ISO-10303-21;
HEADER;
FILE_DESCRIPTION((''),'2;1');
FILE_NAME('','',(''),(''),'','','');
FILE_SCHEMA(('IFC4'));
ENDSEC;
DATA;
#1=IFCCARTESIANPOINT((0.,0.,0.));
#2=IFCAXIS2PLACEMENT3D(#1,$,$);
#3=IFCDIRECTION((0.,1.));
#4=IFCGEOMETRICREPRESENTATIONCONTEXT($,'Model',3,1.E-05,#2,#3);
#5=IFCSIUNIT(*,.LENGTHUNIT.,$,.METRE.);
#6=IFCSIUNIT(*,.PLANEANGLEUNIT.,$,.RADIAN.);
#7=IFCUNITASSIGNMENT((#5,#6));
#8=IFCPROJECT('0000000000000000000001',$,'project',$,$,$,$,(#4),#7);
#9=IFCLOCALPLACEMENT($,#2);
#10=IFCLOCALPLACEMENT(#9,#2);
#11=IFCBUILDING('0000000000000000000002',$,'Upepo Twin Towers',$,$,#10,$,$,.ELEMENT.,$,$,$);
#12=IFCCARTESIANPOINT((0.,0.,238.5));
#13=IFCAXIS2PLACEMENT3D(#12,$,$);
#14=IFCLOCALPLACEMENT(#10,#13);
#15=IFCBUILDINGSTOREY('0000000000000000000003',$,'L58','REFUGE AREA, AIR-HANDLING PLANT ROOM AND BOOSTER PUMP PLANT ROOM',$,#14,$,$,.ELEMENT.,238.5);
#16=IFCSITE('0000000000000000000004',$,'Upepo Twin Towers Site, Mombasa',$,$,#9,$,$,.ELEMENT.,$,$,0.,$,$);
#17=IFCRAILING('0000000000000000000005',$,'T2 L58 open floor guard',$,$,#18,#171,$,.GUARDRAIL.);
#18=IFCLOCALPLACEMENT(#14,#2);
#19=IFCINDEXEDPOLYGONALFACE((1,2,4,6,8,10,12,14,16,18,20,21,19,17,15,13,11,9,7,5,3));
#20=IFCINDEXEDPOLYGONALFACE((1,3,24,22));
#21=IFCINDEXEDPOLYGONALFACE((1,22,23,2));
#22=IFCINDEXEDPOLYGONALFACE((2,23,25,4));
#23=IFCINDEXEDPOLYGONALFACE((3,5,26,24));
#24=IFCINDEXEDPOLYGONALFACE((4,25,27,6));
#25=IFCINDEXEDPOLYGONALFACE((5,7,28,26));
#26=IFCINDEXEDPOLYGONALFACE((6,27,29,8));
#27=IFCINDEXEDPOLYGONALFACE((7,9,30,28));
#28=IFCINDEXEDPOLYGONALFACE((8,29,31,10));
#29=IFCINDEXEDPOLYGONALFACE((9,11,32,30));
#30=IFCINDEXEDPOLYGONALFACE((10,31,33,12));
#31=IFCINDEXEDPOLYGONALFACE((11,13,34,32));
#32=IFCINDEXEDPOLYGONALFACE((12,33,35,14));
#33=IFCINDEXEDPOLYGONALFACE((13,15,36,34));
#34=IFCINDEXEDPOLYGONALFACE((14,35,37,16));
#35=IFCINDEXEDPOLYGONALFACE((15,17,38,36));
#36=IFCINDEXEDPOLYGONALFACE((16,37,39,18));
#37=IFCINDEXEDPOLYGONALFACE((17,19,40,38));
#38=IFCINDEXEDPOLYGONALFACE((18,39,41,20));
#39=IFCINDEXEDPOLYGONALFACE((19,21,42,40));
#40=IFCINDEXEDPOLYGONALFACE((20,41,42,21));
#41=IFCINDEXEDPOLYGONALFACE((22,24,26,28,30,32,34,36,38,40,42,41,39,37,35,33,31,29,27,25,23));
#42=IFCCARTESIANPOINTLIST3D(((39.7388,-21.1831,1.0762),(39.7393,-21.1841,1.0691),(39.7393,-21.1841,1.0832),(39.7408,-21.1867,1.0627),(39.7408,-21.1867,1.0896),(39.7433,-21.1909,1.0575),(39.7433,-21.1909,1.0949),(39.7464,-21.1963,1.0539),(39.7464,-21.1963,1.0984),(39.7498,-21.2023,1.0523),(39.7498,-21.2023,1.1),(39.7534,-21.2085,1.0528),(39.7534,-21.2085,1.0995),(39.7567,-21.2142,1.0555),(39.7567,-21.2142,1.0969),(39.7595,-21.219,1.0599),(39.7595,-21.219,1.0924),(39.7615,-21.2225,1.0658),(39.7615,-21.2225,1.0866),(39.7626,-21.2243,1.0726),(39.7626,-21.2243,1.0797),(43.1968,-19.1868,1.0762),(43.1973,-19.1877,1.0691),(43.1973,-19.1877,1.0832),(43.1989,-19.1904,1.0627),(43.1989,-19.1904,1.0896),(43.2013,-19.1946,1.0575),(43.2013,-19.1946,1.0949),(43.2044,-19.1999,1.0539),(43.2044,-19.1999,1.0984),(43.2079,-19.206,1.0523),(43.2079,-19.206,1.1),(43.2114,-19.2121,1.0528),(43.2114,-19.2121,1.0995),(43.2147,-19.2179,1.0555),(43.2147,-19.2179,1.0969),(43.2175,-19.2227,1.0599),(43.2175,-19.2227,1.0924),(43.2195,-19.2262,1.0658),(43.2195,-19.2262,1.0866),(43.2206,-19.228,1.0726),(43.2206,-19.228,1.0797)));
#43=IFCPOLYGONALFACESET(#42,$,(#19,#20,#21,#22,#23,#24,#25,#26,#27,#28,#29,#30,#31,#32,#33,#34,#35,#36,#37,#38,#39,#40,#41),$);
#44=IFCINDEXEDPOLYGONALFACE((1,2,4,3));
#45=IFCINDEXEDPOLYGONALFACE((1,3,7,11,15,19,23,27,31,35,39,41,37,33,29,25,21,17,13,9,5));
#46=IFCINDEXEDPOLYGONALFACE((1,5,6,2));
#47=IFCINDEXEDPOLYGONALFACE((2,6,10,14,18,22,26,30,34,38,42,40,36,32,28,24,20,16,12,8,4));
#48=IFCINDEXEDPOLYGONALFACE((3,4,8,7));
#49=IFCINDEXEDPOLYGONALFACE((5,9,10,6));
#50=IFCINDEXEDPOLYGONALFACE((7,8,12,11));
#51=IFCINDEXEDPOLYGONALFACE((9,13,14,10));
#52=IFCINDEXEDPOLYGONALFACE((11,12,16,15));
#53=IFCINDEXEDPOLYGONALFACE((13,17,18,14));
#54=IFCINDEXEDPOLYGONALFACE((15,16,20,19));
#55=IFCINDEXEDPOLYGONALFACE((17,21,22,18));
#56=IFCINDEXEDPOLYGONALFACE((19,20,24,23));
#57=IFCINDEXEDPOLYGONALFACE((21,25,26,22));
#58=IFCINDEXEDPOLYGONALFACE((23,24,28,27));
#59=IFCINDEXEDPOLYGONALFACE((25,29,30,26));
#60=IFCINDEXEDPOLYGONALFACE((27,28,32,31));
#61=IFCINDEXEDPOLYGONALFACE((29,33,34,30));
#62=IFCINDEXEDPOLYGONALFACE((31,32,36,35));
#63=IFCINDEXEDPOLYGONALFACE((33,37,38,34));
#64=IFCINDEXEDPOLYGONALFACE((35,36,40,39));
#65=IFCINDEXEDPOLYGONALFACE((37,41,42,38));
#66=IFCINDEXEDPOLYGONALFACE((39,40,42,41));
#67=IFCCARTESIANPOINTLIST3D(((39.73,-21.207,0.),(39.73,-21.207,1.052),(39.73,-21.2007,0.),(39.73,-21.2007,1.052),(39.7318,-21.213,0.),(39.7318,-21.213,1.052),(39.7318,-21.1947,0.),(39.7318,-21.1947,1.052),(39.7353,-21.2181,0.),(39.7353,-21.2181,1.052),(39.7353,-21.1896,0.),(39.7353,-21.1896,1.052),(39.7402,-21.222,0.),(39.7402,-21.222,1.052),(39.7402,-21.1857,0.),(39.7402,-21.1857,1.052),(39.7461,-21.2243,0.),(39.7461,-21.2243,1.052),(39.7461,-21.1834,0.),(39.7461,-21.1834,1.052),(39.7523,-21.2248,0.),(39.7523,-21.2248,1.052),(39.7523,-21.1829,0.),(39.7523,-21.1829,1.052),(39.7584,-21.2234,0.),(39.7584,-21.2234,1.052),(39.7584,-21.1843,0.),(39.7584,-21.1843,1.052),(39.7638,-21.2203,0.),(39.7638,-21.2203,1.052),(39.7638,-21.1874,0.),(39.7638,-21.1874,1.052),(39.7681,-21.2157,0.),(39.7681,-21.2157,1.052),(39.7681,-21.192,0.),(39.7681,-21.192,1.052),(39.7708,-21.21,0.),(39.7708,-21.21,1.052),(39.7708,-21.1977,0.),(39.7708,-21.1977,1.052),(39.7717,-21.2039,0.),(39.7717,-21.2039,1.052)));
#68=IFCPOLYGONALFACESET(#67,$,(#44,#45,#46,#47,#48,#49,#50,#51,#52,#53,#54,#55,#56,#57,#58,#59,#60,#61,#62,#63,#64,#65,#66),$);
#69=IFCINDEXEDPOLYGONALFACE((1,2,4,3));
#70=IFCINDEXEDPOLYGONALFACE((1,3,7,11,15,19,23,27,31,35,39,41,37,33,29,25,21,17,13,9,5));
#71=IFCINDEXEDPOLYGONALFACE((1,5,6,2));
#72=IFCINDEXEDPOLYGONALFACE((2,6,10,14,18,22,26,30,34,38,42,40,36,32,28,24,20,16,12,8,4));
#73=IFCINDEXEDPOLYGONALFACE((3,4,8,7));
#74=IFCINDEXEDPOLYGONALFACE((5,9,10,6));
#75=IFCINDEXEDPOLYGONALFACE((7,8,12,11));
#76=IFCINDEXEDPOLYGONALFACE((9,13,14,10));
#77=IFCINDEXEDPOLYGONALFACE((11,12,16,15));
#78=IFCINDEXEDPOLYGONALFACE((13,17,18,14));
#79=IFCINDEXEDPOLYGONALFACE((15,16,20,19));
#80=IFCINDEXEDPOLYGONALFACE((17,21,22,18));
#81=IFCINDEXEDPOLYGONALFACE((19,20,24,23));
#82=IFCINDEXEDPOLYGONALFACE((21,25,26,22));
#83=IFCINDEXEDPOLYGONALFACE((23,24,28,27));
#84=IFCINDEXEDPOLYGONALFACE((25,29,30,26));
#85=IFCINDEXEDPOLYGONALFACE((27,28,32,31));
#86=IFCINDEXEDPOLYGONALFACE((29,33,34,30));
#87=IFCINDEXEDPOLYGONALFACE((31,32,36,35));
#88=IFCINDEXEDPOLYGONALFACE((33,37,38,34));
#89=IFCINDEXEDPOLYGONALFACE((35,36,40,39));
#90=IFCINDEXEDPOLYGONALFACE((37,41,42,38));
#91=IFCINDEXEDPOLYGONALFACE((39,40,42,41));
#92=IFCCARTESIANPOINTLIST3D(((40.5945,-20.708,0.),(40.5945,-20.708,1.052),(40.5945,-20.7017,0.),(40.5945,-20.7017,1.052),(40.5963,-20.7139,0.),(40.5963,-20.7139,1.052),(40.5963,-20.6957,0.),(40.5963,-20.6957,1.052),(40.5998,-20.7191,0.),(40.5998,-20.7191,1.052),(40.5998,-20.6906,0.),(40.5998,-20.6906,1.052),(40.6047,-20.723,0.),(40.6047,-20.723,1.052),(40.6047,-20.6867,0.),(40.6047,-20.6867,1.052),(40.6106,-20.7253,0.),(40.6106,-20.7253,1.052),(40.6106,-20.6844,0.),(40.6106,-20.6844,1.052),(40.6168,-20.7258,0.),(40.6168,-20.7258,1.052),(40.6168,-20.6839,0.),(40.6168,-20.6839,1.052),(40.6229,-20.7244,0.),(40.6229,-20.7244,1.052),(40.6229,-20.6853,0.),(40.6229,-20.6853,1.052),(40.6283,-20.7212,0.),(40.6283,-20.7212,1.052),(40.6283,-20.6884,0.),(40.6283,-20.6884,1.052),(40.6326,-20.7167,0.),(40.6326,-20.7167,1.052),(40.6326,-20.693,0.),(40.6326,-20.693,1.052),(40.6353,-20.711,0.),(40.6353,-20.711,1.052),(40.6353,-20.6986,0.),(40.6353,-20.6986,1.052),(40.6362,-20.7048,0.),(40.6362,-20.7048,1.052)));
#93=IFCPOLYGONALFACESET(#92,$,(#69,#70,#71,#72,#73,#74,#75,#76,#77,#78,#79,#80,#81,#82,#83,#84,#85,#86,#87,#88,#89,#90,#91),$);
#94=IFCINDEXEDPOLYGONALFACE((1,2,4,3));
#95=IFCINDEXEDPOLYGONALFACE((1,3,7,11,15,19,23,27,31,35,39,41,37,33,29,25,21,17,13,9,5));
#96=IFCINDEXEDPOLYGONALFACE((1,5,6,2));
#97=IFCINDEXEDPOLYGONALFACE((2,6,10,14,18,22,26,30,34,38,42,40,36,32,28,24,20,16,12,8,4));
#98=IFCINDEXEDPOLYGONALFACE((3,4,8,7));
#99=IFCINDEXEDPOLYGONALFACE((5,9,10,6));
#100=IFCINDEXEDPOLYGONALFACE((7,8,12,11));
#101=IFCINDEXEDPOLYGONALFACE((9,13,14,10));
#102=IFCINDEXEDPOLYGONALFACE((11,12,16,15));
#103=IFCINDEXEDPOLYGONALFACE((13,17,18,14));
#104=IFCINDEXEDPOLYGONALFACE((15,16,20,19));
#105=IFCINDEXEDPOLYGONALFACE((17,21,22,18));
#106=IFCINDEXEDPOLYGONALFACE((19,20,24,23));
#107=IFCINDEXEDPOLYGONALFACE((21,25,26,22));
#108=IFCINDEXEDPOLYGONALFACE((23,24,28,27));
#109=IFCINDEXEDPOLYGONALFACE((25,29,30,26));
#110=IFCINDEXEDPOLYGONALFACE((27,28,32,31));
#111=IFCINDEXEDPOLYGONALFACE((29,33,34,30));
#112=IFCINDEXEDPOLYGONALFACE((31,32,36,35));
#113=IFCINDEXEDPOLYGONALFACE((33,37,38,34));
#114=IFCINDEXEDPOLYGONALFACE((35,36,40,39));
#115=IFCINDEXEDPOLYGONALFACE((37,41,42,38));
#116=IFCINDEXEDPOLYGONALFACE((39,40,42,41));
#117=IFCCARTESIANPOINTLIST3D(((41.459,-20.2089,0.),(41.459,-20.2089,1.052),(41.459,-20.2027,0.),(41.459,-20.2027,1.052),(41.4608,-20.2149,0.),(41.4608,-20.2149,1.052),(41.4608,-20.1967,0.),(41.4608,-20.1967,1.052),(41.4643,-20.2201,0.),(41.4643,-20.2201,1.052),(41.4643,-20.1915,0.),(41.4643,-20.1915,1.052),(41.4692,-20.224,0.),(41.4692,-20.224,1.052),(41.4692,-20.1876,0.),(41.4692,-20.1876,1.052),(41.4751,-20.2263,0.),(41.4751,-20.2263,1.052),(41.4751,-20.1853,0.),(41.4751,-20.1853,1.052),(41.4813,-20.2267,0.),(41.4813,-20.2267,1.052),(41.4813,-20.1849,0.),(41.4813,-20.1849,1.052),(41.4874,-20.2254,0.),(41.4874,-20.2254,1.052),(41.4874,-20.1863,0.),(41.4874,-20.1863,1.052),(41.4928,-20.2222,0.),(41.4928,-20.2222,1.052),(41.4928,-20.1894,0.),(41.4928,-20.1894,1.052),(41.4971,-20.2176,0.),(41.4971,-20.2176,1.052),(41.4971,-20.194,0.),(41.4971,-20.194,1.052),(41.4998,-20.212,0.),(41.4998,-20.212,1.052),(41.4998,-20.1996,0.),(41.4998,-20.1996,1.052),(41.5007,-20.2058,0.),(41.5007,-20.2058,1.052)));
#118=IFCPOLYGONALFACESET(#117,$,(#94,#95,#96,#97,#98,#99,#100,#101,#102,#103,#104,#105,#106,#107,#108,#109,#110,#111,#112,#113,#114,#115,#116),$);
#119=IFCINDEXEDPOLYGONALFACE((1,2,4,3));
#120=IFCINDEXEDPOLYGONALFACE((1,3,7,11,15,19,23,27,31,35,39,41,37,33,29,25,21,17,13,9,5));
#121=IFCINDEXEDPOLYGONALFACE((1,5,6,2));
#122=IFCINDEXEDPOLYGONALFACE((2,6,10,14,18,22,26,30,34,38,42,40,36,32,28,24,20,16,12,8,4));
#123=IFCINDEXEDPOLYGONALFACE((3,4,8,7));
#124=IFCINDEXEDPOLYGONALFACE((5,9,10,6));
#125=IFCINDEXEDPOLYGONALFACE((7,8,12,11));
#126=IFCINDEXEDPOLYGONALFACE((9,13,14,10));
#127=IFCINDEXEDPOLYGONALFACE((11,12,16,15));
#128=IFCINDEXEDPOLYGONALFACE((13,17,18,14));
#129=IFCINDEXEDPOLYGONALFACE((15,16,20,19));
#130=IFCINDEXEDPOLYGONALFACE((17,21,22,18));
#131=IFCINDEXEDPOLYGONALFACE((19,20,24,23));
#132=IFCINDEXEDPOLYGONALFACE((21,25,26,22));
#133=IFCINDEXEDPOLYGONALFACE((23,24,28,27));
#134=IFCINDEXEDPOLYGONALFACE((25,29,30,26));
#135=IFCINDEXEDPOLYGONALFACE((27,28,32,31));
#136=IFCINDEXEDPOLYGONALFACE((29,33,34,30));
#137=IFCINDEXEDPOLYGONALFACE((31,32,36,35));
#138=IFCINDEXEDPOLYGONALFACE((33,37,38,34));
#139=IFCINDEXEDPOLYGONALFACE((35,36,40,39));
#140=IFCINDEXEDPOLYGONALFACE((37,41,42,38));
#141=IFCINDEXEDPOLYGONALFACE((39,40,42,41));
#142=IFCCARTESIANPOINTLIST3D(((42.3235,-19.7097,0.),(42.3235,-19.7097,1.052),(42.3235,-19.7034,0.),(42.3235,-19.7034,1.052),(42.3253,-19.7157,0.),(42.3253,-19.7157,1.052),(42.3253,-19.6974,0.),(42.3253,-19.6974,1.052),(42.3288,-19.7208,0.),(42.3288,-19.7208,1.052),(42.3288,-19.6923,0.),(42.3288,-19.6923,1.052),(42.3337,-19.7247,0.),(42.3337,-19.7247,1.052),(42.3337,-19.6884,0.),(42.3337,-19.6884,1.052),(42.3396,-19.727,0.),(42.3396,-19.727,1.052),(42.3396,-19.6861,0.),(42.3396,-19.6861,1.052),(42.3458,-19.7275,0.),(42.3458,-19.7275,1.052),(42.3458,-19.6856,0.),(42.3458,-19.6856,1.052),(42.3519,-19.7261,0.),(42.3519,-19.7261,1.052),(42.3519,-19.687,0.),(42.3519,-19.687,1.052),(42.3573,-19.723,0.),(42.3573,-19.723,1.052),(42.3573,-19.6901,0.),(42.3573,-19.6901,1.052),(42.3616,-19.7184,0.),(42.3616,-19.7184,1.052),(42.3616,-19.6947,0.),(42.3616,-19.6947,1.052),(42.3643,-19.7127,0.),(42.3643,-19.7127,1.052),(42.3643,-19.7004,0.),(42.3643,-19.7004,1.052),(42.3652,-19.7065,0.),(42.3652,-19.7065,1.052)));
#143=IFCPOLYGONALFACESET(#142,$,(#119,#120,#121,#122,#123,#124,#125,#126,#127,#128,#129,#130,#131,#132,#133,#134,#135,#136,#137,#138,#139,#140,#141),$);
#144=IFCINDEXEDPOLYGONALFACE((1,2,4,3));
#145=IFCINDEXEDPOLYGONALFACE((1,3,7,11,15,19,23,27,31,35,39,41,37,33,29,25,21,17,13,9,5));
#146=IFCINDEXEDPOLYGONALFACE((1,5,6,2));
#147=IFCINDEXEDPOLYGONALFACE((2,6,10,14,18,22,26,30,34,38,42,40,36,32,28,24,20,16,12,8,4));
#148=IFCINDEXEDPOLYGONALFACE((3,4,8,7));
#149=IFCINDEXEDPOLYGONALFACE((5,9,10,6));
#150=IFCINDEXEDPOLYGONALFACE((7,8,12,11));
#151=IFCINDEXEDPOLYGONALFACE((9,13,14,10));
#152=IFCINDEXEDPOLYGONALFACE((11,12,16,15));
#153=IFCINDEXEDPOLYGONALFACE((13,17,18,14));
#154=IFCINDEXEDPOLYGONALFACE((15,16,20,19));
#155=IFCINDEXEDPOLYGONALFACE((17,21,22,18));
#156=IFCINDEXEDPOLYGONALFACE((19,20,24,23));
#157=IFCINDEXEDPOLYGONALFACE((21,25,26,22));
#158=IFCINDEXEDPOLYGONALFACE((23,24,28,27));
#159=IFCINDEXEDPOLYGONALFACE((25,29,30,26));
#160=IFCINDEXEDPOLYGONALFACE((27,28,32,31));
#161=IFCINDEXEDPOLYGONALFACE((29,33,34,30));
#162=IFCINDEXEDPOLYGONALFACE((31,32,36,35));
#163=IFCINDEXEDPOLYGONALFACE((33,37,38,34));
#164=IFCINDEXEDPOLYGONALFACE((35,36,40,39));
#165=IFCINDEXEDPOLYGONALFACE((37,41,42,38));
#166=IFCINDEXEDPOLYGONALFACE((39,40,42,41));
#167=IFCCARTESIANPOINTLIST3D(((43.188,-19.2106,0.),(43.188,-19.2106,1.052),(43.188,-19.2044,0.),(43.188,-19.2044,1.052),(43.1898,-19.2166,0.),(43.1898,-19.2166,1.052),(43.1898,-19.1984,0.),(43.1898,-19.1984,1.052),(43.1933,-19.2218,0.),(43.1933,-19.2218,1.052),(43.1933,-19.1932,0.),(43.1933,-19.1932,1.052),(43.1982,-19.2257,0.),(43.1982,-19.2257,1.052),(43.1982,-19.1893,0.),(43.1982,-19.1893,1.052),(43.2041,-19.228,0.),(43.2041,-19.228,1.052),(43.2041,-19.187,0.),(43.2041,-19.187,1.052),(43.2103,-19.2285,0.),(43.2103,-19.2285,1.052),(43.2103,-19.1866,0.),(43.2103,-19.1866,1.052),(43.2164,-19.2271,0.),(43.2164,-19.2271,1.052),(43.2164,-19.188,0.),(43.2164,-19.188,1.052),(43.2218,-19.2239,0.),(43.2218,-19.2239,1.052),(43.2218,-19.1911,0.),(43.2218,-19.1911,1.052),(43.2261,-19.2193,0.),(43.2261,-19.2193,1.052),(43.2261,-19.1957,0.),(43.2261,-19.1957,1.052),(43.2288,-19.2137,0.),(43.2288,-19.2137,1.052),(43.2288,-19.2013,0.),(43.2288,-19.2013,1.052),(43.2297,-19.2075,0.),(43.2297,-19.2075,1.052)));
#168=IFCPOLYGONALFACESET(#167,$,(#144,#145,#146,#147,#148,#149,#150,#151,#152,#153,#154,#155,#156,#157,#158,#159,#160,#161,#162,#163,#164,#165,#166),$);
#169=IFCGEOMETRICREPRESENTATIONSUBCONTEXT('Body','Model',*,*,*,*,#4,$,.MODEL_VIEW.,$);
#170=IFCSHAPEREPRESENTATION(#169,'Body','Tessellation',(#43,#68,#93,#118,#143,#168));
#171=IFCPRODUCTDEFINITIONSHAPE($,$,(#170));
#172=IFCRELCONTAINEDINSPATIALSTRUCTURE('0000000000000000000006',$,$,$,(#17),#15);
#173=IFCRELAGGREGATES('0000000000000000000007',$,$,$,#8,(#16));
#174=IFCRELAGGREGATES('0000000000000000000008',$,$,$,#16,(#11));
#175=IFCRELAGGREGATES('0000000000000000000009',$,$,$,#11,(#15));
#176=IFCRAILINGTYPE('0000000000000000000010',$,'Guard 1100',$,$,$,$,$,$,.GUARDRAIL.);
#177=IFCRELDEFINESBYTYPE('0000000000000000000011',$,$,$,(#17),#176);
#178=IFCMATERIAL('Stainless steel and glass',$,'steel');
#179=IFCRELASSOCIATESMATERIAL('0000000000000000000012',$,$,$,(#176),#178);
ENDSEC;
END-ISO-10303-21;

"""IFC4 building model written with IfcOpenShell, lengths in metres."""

from ifc_helpers import new_model, si_unit, direction, frame, origin, origin_2d, place, context, subcontext, project, spatial, circle, extrude, material, type_object, element, save


model = new_model("IFC4")

# Units and contexts
model_context = context("Model", 3, precision=1e-05, world=origin(), true_north=direction((0.0, 1.0)))
body_context = subcontext(model_context, "Body", "Model", "MODEL_VIEW")
ifc_project = project(units=[si_unit("LENGTHUNIT", "METRE"), si_unit("PLANEANGLEUNIT", "RADIAN")], contexts=[model_context])

# Site, building, storey
site_placement = place(None, origin())
site = spatial("IfcSite", under=ifc_project, at=site_placement, Name="Upepo Twin Towers Site, Mombasa", CompositionType="ELEMENT", RefElevation=0.0)
building_placement = place(site_placement, origin())
building = spatial("IfcBuilding", under=site, at=building_placement, Name="Upepo Twin Towers", CompositionType="ELEMENT")
storey_placement = place(building_placement, frame((0.0, 0.0, 238.5)))
storey = spatial("IfcBuildingStorey", under=building, at=storey_placement, Name="L58", Description="REFUGE AREA, AIR-HANDLING PLANT ROOM AND BOOSTER PUMP PLANT ROOM", CompositionType="ELEMENT", Elevation=238.5)

# Railing
ifc_material_1 = material(Name="Stainless steel and glass", Category="steel")
railing_type = type_object("IfcRailingType", Name="Guard 1100", PredefinedType="GUARDRAIL", material=ifc_material_1)
railing_1_placement = place(storey_placement, frame((39.7507, -21.2039, 0.0)))
element("IfcRailing", 1, at=railing_1_placement, inside=storey, type_object=railing_type, Name="T2 L58 open floor guard", PredefinedType="GUARDRAIL", context=body_context, shape_type="SweptSolid", body=[
    extrude(circle(Radius=0.0239, at=origin_2d()), frame((0.0, 0.0, 1.0762), z_axis=(0.866041, 0.499973, 0.0), x_axis=(-0.499973, 0.866041, 0.0)), (0.0, 0.0, 1.0), 3.9929),
    extrude(circle(Radius=0.021, at=origin_2d()), origin(), (0.0, 0.0, 1.0), 1.052),
    extrude(circle(Radius=0.021, at=origin_2d()), frame((0.8645, 0.499, 0.0)), (0.0, 0.0, 1.0), 1.052),
    extrude(circle(Radius=0.021, at=origin_2d()), frame((1.729, 0.998, 0.0)), (0.0, 0.0, 1.0), 1.052),
    extrude(circle(Radius=0.021, at=origin_2d()), frame((2.5935, 1.4973, 0.0)), (0.0, 0.0, 1.0), 1.052),
    extrude(circle(Radius=0.021, at=origin_2d()), frame((3.458, 1.9963, 0.0)), (0.0, 0.0, 1.0), 1.052),
])

save(model, "model.ifc")
